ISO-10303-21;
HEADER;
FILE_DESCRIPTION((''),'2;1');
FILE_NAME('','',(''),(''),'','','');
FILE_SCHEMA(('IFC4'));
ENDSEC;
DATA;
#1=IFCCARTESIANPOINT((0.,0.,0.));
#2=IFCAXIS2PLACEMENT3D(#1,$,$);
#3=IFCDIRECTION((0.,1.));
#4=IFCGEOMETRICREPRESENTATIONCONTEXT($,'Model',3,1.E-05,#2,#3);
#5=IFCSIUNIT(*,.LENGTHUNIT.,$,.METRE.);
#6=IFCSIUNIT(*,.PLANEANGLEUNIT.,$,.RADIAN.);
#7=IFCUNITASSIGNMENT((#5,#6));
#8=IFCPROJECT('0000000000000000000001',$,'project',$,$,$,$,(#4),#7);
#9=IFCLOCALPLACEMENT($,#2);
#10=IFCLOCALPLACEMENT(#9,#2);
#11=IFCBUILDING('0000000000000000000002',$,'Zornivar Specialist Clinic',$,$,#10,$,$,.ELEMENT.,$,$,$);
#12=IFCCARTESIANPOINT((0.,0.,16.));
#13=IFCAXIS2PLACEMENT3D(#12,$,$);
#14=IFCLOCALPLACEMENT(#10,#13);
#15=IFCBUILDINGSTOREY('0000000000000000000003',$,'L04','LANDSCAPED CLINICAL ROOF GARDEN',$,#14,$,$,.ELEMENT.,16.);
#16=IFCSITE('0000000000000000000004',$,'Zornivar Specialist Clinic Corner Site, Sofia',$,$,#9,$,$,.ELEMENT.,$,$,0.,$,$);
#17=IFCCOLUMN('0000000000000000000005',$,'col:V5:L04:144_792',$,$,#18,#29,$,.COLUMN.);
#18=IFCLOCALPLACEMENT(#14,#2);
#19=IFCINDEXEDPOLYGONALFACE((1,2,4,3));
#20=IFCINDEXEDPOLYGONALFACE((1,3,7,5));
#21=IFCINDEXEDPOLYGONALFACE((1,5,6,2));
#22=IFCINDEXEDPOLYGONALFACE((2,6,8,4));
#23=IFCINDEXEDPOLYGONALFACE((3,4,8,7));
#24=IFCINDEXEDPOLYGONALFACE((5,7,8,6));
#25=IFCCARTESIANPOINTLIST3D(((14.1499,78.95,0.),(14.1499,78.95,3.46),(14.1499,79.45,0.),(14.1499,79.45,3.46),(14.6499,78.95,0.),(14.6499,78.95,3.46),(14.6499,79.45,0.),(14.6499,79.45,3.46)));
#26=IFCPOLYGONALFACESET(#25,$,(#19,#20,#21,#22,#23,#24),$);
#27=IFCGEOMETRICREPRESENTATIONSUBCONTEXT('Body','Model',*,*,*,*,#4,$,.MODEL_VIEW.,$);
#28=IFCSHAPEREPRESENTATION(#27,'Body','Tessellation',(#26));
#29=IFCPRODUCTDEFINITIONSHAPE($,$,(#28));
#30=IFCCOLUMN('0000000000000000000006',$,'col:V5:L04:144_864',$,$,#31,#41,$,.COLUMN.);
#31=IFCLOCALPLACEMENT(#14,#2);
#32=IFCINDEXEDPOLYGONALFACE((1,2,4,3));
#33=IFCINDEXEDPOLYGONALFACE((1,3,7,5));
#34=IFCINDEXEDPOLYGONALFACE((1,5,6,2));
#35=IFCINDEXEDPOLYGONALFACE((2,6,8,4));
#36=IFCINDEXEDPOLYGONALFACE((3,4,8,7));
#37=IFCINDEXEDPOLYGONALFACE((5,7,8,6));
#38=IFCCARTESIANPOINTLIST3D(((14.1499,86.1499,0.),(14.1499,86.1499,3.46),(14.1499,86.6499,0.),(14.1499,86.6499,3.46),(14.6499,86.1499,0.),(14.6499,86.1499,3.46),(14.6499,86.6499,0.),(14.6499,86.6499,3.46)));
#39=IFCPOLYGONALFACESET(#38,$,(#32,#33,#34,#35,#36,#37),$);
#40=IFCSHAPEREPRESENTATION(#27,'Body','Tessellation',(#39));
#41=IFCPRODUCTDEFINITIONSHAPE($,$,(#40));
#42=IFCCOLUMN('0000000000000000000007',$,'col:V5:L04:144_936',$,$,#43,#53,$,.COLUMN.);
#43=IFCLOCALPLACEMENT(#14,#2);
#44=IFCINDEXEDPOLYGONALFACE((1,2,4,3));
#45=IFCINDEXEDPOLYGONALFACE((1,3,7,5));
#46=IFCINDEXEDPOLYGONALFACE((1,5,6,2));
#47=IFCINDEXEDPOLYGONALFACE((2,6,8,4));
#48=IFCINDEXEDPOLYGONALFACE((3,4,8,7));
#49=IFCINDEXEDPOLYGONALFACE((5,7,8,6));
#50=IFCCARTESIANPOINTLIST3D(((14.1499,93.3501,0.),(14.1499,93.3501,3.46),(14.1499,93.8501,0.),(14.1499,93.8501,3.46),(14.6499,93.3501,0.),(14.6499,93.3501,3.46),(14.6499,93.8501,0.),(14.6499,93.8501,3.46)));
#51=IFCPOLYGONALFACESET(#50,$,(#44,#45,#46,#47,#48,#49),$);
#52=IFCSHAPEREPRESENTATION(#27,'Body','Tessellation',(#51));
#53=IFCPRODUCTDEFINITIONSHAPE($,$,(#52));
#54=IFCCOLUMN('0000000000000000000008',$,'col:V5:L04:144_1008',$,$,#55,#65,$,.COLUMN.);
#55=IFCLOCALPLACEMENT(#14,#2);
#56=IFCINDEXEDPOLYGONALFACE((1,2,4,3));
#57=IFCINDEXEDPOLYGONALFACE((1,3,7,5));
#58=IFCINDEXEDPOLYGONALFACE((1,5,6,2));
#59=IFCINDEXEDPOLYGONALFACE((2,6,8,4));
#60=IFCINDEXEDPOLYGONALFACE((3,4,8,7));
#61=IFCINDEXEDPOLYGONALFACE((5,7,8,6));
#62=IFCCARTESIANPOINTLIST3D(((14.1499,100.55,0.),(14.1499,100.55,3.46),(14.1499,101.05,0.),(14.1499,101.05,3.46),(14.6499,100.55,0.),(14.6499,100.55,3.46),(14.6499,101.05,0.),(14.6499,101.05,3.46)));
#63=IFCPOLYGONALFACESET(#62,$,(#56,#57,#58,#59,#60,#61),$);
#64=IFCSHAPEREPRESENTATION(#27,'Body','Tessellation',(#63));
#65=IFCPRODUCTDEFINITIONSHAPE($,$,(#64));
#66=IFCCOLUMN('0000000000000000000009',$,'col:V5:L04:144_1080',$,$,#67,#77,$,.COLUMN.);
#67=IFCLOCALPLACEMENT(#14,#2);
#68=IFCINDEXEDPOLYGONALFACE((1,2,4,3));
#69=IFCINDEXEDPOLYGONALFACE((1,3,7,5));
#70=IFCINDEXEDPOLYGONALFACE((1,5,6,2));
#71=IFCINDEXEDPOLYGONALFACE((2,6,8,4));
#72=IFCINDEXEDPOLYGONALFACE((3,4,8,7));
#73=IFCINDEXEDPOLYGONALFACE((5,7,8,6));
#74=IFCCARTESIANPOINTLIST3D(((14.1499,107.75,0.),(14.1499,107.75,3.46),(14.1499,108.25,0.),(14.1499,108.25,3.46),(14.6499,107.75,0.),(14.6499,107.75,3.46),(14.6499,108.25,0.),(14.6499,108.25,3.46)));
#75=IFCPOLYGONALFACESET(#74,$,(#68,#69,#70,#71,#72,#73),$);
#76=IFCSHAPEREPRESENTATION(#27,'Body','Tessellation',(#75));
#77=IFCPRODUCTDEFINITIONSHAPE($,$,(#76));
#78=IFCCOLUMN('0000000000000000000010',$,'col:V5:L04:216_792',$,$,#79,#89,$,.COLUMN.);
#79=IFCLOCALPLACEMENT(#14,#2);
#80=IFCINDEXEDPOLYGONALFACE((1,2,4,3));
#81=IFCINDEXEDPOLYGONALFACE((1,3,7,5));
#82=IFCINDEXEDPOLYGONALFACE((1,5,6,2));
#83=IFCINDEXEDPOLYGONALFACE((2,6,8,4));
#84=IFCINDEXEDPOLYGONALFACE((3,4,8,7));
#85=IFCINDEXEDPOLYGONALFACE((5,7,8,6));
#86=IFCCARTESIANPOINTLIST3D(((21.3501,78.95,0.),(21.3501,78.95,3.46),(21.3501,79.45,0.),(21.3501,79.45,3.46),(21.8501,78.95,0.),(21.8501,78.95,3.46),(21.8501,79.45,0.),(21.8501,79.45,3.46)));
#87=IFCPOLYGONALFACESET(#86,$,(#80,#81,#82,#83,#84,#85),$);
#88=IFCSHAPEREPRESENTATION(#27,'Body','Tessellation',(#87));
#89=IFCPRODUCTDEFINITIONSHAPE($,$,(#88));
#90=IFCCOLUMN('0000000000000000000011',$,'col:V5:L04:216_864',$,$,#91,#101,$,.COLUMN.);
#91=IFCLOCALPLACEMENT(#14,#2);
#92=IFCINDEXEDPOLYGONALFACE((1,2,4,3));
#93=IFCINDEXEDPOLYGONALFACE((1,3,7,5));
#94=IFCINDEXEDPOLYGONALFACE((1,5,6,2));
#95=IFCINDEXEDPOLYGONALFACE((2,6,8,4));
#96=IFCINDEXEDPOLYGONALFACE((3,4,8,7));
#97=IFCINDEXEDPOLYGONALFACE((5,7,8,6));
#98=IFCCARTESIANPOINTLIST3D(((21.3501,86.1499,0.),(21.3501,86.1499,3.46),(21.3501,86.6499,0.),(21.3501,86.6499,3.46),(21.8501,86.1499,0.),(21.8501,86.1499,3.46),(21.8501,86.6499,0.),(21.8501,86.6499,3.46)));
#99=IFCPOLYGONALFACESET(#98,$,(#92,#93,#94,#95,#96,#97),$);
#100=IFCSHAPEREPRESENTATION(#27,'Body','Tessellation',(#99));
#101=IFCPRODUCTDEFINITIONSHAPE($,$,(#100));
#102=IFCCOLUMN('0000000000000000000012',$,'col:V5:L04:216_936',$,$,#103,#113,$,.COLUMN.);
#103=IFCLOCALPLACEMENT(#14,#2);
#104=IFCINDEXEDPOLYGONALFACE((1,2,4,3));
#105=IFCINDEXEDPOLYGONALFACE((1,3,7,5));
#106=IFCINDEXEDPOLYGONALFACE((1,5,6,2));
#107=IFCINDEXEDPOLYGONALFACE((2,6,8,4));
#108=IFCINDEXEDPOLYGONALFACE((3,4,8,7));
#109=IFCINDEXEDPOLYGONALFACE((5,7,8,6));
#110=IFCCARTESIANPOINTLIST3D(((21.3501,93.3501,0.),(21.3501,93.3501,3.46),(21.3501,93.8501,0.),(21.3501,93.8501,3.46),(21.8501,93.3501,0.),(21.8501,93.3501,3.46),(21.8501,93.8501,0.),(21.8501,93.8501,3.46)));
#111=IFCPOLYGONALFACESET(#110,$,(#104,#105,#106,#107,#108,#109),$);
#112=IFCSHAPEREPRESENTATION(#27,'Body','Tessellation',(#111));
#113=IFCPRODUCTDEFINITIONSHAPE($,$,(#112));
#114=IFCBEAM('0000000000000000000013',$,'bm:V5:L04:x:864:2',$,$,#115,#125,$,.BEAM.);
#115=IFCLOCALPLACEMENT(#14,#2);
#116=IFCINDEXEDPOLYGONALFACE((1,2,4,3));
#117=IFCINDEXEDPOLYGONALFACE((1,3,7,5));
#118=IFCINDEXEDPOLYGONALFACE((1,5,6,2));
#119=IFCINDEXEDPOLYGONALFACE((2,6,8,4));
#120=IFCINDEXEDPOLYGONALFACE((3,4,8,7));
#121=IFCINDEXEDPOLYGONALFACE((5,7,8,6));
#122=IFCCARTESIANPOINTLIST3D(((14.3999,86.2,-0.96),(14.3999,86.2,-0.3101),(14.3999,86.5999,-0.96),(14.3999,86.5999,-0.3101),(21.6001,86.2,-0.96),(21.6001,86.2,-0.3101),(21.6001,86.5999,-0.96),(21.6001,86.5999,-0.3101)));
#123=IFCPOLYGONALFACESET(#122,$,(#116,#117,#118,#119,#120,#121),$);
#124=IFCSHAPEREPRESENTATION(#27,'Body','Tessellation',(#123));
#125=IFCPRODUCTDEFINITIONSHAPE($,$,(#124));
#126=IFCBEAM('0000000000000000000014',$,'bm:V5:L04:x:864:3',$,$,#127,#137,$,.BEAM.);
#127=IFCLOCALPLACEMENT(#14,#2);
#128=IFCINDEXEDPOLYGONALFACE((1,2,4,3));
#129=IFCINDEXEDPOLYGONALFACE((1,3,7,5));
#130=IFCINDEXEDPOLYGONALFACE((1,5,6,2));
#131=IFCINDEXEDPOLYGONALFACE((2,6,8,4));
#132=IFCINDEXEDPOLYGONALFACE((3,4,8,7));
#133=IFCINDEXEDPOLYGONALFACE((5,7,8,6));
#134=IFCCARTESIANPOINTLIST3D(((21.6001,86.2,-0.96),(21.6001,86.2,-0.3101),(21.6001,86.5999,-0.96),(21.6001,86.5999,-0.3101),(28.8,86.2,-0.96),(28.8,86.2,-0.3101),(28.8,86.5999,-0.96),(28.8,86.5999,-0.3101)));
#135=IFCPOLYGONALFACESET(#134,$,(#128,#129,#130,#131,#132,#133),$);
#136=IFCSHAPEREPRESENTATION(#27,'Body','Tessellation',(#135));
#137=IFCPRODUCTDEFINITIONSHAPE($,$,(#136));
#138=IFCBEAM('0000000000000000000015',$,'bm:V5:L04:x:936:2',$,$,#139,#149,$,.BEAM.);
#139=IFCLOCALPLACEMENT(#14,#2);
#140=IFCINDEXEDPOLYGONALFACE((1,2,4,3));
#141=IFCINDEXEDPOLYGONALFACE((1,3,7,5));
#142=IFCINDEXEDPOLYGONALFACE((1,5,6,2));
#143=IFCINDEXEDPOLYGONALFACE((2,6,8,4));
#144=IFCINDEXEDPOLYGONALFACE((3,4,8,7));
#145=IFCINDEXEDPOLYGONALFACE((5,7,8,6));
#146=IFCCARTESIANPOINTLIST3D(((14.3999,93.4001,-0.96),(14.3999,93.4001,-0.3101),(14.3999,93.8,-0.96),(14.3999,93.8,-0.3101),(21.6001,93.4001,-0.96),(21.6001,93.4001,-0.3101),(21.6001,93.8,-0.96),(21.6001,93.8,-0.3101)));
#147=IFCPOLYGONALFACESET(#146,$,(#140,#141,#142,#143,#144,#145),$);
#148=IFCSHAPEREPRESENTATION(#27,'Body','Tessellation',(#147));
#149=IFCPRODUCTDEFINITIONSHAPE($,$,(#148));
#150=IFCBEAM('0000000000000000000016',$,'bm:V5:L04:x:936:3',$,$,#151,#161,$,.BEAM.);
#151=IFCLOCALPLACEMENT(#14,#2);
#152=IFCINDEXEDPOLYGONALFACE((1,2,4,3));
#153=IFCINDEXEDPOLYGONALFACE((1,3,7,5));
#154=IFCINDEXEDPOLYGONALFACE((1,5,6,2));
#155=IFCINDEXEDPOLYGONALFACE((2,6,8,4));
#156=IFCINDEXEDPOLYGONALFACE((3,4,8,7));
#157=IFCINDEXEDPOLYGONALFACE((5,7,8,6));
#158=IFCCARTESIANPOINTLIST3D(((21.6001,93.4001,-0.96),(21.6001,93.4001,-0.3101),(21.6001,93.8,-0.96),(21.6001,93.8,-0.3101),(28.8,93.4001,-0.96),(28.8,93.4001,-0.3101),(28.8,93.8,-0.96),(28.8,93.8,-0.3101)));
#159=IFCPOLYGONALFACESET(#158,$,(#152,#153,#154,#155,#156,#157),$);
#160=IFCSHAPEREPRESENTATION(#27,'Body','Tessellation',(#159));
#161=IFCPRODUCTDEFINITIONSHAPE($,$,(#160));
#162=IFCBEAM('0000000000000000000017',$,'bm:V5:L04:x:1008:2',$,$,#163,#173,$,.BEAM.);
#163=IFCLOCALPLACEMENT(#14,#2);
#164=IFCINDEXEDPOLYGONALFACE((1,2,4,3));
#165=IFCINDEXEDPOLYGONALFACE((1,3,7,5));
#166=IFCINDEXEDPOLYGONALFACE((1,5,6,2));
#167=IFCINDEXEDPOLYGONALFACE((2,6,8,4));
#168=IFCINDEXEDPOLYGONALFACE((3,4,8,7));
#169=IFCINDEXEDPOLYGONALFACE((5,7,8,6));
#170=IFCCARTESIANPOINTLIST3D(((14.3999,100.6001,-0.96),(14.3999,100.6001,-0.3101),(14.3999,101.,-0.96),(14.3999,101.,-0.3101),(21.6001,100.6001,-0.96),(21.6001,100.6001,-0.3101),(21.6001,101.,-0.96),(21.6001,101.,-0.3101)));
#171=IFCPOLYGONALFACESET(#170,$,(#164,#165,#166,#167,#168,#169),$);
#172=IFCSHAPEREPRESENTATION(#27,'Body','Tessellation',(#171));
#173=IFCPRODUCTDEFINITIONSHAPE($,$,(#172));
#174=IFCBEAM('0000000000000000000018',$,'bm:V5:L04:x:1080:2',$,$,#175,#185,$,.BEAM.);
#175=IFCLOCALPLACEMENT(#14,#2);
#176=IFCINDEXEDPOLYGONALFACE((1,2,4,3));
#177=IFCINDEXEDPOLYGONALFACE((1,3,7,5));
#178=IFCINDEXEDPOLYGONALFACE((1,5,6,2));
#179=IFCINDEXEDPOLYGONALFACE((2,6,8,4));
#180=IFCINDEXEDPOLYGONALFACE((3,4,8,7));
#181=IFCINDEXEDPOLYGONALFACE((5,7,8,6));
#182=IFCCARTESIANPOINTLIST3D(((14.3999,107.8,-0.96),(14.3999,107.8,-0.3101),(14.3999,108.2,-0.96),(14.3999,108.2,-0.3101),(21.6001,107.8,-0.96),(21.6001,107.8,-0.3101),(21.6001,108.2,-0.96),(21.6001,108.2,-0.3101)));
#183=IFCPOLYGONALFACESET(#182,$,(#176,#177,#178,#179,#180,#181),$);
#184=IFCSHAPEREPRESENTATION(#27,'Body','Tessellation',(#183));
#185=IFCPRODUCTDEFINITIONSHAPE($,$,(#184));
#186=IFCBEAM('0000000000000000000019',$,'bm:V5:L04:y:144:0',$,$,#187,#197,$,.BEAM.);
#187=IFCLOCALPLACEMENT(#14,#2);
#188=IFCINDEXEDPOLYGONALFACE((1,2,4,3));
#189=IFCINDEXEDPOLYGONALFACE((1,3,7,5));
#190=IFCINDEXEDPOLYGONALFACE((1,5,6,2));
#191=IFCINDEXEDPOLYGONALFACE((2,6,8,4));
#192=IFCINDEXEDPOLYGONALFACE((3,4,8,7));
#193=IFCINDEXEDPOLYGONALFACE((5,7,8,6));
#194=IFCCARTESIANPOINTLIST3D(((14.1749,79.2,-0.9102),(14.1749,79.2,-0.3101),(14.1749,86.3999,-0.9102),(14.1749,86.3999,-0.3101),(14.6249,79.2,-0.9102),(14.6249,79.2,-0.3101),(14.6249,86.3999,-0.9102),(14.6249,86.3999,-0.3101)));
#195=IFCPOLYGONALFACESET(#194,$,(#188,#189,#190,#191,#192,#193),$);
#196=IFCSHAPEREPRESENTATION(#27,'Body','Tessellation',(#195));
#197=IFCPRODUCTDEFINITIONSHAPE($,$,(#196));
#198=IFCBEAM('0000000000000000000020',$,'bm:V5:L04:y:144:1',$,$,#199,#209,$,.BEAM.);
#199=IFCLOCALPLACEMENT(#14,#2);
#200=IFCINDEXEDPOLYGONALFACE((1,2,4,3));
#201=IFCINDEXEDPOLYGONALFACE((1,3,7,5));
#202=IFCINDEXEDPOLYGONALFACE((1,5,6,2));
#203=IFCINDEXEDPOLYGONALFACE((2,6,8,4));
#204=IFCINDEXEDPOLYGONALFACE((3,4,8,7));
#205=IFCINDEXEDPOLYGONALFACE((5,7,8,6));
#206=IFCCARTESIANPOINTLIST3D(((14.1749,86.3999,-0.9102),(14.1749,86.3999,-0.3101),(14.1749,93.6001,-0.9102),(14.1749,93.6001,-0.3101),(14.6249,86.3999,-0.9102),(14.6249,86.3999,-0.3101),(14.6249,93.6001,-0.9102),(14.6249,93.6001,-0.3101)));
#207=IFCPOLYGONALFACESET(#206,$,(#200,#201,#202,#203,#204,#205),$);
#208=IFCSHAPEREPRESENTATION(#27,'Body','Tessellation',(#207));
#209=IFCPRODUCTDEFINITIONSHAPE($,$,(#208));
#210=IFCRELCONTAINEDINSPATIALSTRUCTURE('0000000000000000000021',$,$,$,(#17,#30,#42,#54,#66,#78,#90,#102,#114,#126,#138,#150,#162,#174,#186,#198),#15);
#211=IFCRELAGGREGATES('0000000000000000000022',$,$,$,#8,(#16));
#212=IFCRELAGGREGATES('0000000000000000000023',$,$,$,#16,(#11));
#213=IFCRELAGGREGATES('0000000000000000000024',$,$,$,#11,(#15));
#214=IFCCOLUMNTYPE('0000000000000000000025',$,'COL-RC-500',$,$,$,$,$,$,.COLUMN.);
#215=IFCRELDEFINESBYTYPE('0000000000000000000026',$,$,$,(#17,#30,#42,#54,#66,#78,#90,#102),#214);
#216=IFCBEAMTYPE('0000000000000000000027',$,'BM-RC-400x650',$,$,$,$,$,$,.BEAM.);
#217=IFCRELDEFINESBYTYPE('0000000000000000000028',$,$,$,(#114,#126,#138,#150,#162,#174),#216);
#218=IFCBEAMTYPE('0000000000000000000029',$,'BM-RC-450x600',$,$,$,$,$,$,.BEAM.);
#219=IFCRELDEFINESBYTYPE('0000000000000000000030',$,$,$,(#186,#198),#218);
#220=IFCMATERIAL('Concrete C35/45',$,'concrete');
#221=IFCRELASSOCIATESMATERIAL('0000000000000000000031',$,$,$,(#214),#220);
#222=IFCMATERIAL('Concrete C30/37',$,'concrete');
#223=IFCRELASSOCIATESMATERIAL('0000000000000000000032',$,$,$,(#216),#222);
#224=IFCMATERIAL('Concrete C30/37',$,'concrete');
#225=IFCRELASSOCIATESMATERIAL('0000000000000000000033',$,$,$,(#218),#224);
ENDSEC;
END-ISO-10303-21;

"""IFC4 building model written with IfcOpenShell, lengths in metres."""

from ifc_helpers import new_model, si_unit, direction, frame, origin, origin_2d, place, context, subcontext, project, spatial, rectangle, extrude, material, material_profile, profile_set, type_object, element, save


model = new_model("IFC4")

# Units and contexts
model_context = context("Model", 3, precision=1e-05, world=origin(), true_north=direction((0.0, 1.0)))
body_context = subcontext(model_context, "Body", "Model", "MODEL_VIEW")
ifc_project = project(units=[si_unit("LENGTHUNIT", "METRE"), si_unit("PLANEANGLEUNIT", "RADIAN")], contexts=[model_context])

# Site, building, storey
site_placement = place(None, origin())
site = spatial("IfcSite", under=ifc_project, at=site_placement, Name="Zornivar Specialist Clinic Corner Site, Sofia", CompositionType="ELEMENT", RefElevation=0.0)
building_placement = place(site_placement, origin())
building = spatial("IfcBuilding", under=site, at=building_placement, Name="Zornivar Specialist Clinic", CompositionType="ELEMENT")
storey_placement = place(building_placement, frame((0.0, 0.0, 16.0)))
storey = spatial("IfcBuildingStorey", under=building, at=storey_placement, Name="L04", Description="LANDSCAPED CLINICAL ROOF GARDEN", CompositionType="ELEMENT", Elevation=16.0)

# Columns
ifc_material_1 = material(Name="Concrete C35/45", Category="concrete")
ifc_material_profile_1 = material_profile(ifc_material_1, rectangle(XDim=0.5, YDim=0.5, at=origin_2d()), Name="RC 500x500")
ifc_profile_set_1 = profile_set([ifc_material_profile_1], Name="Concrete C35/45")
column_type = type_object("IfcColumnType", Name="COL-RC-500", PredefinedType="COLUMN", material=ifc_profile_set_1)
for number, where, z_axis, x_axis, name in (
    (1, (14.3999, 79.2, 0.0), (0.0, 0.0, 1.0), (1.0, 0.0, 0.0), "col:V5:L04:144_792"),
    (2, (14.3999, 86.3999, 0.0), (0.0, 0.0, 1.0), (1.0, 0.0, 0.0), "col:V5:L04:144_864"),
    (3, (14.3999, 93.6001, 0.0), (0.0, 0.0, 1.0), (1.0, 0.0, 0.0), "col:V5:L04:144_936"),
    (4, (14.3999, 100.8, 0.0), (0.0, 0.0, 1.0), (1.0, 0.0, 0.0), "col:V5:L04:144_1008"),
    (5, (14.3999, 108.0, 0.0), (0.0, 0.0, 1.0), (1.0, 0.0, 0.0), "col:V5:L04:144_1080"),
    (6, (21.6001, 79.2, 0.0), (0.0, 0.0, 1.0), (1.0, 0.0, 0.0), "col:V5:L04:216_792"),
    (7, (21.6001, 86.3999, 0.0), (0.0, 0.0, 1.0), (1.0, 0.0, 0.0), "col:V5:L04:216_864"),
    (8, (21.6001, 93.6001, 0.0), (0.0, 0.0, 1.0), (1.0, 0.0, 0.0), "col:V5:L04:216_936"),
):
    element("IfcColumn", number, at=place(storey_placement, frame(where, z_axis=z_axis, x_axis=x_axis)), inside=storey, type_object=column_type, Name=name, PredefinedType="COLUMN", context=body_context, shape_type="SweptSolid", body=[
        extrude(rectangle(XDim=0.5, YDim=0.5, at=origin_2d()), origin(), (0.0, 0.0, 1.0), 3.46),
    ])

# Beams
ifc_material_2 = material(Name="Concrete C30/37", Category="concrete")
ifc_material_profile_2 = material_profile(ifc_material_2, rectangle(XDim=0.3999, YDim=0.6499, at=origin_2d()), Name="RC 400x650")
ifc_profile_set_2 = profile_set([ifc_material_profile_2], Name="Concrete C30/37")
beam_type_1 = type_object("IfcBeamType", Name="BM-RC-400x650", PredefinedType="BEAM", material=ifc_profile_set_2)
beam_1_placement = place(storey_placement, frame((14.3999, 86.3999, -0.635), z_axis=(1.0, 0.0, 0.0), x_axis=(0.0, 1.0, 0.0)))
element("IfcBeam", 9, at=beam_1_placement, inside=storey, type_object=beam_type_1, Name="bm:V5:L04:x:864:2", PredefinedType="BEAM", context=body_context, shape_type="SweptSolid", body=[
    extrude(rectangle(XDim=0.3999, YDim=0.6499, at=origin_2d()), origin(), (0.0, 0.0, 1.0), 7.2002),
])
beam_2_placement = place(storey_placement, frame((21.6001, 86.3999, -0.635), z_axis=(1.0, 0.0, 0.0), x_axis=(0.0, 1.0, 0.0)))
element("IfcBeam", 10, at=beam_2_placement, inside=storey, type_object=beam_type_1, Name="bm:V5:L04:x:864:3", PredefinedType="BEAM", context=body_context, shape_type="SweptSolid", body=[
    extrude(rectangle(XDim=0.3999, YDim=0.6499, at=origin_2d()), origin(), (0.0, 0.0, 1.0), 7.2),
])
beam_3_placement = place(storey_placement, frame((14.3999, 93.6001, -0.635), z_axis=(1.0, 0.0, 0.0), x_axis=(0.0, 1.0, 0.0)))
element("IfcBeam", 11, at=beam_3_placement, inside=storey, type_object=beam_type_1, Name="bm:V5:L04:x:936:2", PredefinedType="BEAM", context=body_context, shape_type="SweptSolid", body=[
    extrude(rectangle(XDim=0.3999, YDim=0.6499, at=origin_2d()), origin(), (0.0, 0.0, 1.0), 7.2002),
])
beam_4_placement = place(storey_placement, frame((21.6001, 93.6001, -0.635), z_axis=(1.0, 0.0, 0.0), x_axis=(0.0, 1.0, 0.0)))
element("IfcBeam", 12, at=beam_4_placement, inside=storey, type_object=beam_type_1, Name="bm:V5:L04:x:936:3", PredefinedType="BEAM", context=body_context, shape_type="SweptSolid", body=[
    extrude(rectangle(XDim=0.3999, YDim=0.6499, at=origin_2d()), origin(), (0.0, 0.0, 1.0), 7.2),
])
for number, where, z_axis, x_axis, name in (
    (13, (14.3999, 100.8, -0.635), (1.0, 0.0, 0.0), (0.0, 1.0, 0.0), "bm:V5:L04:x:1008:2"),
    (14, (14.3999, 108.0, -0.635), (1.0, 0.0, 0.0), (0.0, 1.0, 0.0), "bm:V5:L04:x:1080:2"),
):
    element("IfcBeam", number, at=place(storey_placement, frame(where, z_axis=z_axis, x_axis=x_axis)), inside=storey, type_object=beam_type_1, Name=name, PredefinedType="BEAM", context=body_context, shape_type="SweptSolid", body=[
        extrude(rectangle(XDim=0.3999, YDim=0.6499, at=origin_2d()), origin(), (0.0, 0.0, 1.0), 7.2002),
    ])
ifc_material_3 = material(Name="Concrete C30/37", Category="concrete")
ifc_material_profile_3 = material_profile(ifc_material_3, rectangle(XDim=0.45, YDim=0.6001, at=origin_2d()), Name="RC 450x600")
ifc_profile_set_3 = profile_set([ifc_material_profile_3], Name="Concrete C30/37")
beam_type_2 = type_object("IfcBeamType", Name="BM-RC-450x600", PredefinedType="BEAM", material=ifc_profile_set_3)
beam_5_placement = place(storey_placement, frame((14.3999, 79.2, -0.6101), z_axis=(0.0, 1.0, 0.0), x_axis=(-1.0, 0.0, 0.0)))
element("IfcBeam", 15, at=beam_5_placement, inside=storey, type_object=beam_type_2, Name="bm:V5:L04:y:144:0", PredefinedType="BEAM", context=body_context, shape_type="SweptSolid", body=[
    extrude(rectangle(XDim=0.45, YDim=0.6001, at=origin_2d()), origin(), (0.0, 0.0, 1.0), 7.2),
])
beam_6_placement = place(storey_placement, frame((14.3999, 86.3999, -0.6101), z_axis=(0.0, 1.0, 0.0), x_axis=(-1.0, 0.0, 0.0)))
element("IfcBeam", 16, at=beam_6_placement, inside=storey, type_object=beam_type_2, Name="bm:V5:L04:y:144:1", PredefinedType="BEAM", context=body_context, shape_type="SweptSolid", body=[
    extrude(rectangle(XDim=0.45, YDim=0.6001, at=origin_2d()), origin(), (0.0, 0.0, 1.0), 7.2002),
])

save(model, "model.ifc")
